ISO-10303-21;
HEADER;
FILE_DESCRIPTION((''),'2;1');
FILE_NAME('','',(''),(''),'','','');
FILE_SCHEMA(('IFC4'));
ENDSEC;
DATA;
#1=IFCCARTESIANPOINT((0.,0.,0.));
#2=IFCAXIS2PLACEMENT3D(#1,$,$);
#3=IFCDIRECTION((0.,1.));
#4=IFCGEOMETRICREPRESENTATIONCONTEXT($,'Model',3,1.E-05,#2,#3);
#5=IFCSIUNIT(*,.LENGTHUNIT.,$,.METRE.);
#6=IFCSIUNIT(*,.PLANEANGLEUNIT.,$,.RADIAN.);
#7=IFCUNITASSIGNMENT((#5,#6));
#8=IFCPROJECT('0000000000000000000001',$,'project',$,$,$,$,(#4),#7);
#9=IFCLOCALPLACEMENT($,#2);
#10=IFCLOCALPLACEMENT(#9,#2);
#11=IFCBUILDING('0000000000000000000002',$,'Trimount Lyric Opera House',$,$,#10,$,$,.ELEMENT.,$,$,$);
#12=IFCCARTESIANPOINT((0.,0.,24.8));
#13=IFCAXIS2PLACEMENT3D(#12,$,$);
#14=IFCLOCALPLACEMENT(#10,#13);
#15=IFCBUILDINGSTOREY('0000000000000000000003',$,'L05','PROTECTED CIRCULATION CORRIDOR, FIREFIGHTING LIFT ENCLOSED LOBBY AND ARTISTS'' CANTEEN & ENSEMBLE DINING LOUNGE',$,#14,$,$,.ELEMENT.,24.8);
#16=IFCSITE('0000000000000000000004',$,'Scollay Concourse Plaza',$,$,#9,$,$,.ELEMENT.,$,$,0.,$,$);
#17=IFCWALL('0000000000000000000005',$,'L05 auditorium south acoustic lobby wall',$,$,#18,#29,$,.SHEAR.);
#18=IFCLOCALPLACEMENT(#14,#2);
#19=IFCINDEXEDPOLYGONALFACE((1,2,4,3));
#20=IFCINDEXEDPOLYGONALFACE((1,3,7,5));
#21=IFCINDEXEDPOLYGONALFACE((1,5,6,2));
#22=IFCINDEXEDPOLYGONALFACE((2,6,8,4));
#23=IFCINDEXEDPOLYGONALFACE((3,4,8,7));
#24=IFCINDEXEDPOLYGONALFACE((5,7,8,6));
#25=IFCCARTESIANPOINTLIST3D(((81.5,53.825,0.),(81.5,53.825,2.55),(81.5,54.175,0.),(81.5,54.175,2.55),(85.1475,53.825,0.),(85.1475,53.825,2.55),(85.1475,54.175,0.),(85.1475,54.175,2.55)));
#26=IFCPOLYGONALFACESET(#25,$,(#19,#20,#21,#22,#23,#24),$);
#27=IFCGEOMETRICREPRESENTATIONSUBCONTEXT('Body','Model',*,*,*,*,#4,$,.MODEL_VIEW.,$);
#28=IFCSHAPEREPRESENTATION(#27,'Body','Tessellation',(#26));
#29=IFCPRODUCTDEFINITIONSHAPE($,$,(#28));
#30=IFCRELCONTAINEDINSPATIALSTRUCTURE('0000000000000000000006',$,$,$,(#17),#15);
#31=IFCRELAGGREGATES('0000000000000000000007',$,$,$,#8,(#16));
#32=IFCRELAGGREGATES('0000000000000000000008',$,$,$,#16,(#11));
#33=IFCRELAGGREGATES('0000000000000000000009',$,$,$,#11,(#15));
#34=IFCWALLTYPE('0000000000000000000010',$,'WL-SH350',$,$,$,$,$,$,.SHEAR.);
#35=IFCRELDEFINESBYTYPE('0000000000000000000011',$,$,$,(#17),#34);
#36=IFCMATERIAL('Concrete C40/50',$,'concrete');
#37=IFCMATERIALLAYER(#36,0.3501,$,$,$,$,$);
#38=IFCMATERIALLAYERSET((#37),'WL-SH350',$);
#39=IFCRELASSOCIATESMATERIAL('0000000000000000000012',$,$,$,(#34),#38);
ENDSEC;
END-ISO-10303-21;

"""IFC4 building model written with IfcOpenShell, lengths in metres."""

from ifc_helpers import new_model, si_unit, direction, frame, frame_2d, origin, place, context, subcontext, project, spatial, rectangle, extrude, material, layer, layer_set, type_object, element, save


model = new_model("IFC4")

# Units and contexts
model_context = context("Model", 3, precision=1e-05, world=origin(), true_north=direction((0.0, 1.0)))
body_context = subcontext(model_context, "Body", "Model", "MODEL_VIEW")
ifc_project = project(units=[si_unit("LENGTHUNIT", "METRE"), si_unit("PLANEANGLEUNIT", "RADIAN")], contexts=[model_context])

# Site, building, storey
site_placement = place(None, origin())
site = spatial("IfcSite", under=ifc_project, at=site_placement, Name="Scollay Concourse Plaza", CompositionType="ELEMENT", RefElevation=0.0)
building_placement = place(site_placement, origin())
building = spatial("IfcBuilding", under=site, at=building_placement, Name="Trimount Lyric Opera House", CompositionType="ELEMENT")
storey_placement = place(building_placement, frame((0.0, 0.0, 24.8)))
storey = spatial("IfcBuildingStorey", under=building, at=storey_placement, Name="L05", Description="PROTECTED CIRCULATION CORRIDOR, FIREFIGHTING LIFT ENCLOSED LOBBY AND ARTISTS' CANTEEN & ENSEMBLE DINING LOUNGE", CompositionType="ELEMENT", Elevation=24.8)

# Wall
ifc_material_1 = material(Name="Concrete C40/50", Category="concrete")
ifc_layer_1 = layer(ifc_material_1, 0.3501)
ifc_layer_set_1 = layer_set([ifc_layer_1], Name="WL-SH350")
wall_type_1 = type_object("IfcWallType", Name="WL-SH350", PredefinedType="SHEAR", material=ifc_layer_set_1)
wall_1_placement = place(storey_placement, frame((81.5, 54.0, 0.0), z_axis=(0.0, 0.0, 1.0), x_axis=(1.0, 0.0, 0.0)))
element("IfcWall", 1, at=wall_1_placement, inside=storey, type_object=wall_type_1, Name="L05 auditorium south acoustic lobby wall", PredefinedType="SHEAR", context=body_context, shape_type="SweptSolid", body=[
    extrude(rectangle(XDim=3.6475, YDim=0.3501, at=frame_2d((1.8237, 0.0))), origin(), (0.0, 0.0, 1.0), 2.55),
])

save(model, "model.ifc")
